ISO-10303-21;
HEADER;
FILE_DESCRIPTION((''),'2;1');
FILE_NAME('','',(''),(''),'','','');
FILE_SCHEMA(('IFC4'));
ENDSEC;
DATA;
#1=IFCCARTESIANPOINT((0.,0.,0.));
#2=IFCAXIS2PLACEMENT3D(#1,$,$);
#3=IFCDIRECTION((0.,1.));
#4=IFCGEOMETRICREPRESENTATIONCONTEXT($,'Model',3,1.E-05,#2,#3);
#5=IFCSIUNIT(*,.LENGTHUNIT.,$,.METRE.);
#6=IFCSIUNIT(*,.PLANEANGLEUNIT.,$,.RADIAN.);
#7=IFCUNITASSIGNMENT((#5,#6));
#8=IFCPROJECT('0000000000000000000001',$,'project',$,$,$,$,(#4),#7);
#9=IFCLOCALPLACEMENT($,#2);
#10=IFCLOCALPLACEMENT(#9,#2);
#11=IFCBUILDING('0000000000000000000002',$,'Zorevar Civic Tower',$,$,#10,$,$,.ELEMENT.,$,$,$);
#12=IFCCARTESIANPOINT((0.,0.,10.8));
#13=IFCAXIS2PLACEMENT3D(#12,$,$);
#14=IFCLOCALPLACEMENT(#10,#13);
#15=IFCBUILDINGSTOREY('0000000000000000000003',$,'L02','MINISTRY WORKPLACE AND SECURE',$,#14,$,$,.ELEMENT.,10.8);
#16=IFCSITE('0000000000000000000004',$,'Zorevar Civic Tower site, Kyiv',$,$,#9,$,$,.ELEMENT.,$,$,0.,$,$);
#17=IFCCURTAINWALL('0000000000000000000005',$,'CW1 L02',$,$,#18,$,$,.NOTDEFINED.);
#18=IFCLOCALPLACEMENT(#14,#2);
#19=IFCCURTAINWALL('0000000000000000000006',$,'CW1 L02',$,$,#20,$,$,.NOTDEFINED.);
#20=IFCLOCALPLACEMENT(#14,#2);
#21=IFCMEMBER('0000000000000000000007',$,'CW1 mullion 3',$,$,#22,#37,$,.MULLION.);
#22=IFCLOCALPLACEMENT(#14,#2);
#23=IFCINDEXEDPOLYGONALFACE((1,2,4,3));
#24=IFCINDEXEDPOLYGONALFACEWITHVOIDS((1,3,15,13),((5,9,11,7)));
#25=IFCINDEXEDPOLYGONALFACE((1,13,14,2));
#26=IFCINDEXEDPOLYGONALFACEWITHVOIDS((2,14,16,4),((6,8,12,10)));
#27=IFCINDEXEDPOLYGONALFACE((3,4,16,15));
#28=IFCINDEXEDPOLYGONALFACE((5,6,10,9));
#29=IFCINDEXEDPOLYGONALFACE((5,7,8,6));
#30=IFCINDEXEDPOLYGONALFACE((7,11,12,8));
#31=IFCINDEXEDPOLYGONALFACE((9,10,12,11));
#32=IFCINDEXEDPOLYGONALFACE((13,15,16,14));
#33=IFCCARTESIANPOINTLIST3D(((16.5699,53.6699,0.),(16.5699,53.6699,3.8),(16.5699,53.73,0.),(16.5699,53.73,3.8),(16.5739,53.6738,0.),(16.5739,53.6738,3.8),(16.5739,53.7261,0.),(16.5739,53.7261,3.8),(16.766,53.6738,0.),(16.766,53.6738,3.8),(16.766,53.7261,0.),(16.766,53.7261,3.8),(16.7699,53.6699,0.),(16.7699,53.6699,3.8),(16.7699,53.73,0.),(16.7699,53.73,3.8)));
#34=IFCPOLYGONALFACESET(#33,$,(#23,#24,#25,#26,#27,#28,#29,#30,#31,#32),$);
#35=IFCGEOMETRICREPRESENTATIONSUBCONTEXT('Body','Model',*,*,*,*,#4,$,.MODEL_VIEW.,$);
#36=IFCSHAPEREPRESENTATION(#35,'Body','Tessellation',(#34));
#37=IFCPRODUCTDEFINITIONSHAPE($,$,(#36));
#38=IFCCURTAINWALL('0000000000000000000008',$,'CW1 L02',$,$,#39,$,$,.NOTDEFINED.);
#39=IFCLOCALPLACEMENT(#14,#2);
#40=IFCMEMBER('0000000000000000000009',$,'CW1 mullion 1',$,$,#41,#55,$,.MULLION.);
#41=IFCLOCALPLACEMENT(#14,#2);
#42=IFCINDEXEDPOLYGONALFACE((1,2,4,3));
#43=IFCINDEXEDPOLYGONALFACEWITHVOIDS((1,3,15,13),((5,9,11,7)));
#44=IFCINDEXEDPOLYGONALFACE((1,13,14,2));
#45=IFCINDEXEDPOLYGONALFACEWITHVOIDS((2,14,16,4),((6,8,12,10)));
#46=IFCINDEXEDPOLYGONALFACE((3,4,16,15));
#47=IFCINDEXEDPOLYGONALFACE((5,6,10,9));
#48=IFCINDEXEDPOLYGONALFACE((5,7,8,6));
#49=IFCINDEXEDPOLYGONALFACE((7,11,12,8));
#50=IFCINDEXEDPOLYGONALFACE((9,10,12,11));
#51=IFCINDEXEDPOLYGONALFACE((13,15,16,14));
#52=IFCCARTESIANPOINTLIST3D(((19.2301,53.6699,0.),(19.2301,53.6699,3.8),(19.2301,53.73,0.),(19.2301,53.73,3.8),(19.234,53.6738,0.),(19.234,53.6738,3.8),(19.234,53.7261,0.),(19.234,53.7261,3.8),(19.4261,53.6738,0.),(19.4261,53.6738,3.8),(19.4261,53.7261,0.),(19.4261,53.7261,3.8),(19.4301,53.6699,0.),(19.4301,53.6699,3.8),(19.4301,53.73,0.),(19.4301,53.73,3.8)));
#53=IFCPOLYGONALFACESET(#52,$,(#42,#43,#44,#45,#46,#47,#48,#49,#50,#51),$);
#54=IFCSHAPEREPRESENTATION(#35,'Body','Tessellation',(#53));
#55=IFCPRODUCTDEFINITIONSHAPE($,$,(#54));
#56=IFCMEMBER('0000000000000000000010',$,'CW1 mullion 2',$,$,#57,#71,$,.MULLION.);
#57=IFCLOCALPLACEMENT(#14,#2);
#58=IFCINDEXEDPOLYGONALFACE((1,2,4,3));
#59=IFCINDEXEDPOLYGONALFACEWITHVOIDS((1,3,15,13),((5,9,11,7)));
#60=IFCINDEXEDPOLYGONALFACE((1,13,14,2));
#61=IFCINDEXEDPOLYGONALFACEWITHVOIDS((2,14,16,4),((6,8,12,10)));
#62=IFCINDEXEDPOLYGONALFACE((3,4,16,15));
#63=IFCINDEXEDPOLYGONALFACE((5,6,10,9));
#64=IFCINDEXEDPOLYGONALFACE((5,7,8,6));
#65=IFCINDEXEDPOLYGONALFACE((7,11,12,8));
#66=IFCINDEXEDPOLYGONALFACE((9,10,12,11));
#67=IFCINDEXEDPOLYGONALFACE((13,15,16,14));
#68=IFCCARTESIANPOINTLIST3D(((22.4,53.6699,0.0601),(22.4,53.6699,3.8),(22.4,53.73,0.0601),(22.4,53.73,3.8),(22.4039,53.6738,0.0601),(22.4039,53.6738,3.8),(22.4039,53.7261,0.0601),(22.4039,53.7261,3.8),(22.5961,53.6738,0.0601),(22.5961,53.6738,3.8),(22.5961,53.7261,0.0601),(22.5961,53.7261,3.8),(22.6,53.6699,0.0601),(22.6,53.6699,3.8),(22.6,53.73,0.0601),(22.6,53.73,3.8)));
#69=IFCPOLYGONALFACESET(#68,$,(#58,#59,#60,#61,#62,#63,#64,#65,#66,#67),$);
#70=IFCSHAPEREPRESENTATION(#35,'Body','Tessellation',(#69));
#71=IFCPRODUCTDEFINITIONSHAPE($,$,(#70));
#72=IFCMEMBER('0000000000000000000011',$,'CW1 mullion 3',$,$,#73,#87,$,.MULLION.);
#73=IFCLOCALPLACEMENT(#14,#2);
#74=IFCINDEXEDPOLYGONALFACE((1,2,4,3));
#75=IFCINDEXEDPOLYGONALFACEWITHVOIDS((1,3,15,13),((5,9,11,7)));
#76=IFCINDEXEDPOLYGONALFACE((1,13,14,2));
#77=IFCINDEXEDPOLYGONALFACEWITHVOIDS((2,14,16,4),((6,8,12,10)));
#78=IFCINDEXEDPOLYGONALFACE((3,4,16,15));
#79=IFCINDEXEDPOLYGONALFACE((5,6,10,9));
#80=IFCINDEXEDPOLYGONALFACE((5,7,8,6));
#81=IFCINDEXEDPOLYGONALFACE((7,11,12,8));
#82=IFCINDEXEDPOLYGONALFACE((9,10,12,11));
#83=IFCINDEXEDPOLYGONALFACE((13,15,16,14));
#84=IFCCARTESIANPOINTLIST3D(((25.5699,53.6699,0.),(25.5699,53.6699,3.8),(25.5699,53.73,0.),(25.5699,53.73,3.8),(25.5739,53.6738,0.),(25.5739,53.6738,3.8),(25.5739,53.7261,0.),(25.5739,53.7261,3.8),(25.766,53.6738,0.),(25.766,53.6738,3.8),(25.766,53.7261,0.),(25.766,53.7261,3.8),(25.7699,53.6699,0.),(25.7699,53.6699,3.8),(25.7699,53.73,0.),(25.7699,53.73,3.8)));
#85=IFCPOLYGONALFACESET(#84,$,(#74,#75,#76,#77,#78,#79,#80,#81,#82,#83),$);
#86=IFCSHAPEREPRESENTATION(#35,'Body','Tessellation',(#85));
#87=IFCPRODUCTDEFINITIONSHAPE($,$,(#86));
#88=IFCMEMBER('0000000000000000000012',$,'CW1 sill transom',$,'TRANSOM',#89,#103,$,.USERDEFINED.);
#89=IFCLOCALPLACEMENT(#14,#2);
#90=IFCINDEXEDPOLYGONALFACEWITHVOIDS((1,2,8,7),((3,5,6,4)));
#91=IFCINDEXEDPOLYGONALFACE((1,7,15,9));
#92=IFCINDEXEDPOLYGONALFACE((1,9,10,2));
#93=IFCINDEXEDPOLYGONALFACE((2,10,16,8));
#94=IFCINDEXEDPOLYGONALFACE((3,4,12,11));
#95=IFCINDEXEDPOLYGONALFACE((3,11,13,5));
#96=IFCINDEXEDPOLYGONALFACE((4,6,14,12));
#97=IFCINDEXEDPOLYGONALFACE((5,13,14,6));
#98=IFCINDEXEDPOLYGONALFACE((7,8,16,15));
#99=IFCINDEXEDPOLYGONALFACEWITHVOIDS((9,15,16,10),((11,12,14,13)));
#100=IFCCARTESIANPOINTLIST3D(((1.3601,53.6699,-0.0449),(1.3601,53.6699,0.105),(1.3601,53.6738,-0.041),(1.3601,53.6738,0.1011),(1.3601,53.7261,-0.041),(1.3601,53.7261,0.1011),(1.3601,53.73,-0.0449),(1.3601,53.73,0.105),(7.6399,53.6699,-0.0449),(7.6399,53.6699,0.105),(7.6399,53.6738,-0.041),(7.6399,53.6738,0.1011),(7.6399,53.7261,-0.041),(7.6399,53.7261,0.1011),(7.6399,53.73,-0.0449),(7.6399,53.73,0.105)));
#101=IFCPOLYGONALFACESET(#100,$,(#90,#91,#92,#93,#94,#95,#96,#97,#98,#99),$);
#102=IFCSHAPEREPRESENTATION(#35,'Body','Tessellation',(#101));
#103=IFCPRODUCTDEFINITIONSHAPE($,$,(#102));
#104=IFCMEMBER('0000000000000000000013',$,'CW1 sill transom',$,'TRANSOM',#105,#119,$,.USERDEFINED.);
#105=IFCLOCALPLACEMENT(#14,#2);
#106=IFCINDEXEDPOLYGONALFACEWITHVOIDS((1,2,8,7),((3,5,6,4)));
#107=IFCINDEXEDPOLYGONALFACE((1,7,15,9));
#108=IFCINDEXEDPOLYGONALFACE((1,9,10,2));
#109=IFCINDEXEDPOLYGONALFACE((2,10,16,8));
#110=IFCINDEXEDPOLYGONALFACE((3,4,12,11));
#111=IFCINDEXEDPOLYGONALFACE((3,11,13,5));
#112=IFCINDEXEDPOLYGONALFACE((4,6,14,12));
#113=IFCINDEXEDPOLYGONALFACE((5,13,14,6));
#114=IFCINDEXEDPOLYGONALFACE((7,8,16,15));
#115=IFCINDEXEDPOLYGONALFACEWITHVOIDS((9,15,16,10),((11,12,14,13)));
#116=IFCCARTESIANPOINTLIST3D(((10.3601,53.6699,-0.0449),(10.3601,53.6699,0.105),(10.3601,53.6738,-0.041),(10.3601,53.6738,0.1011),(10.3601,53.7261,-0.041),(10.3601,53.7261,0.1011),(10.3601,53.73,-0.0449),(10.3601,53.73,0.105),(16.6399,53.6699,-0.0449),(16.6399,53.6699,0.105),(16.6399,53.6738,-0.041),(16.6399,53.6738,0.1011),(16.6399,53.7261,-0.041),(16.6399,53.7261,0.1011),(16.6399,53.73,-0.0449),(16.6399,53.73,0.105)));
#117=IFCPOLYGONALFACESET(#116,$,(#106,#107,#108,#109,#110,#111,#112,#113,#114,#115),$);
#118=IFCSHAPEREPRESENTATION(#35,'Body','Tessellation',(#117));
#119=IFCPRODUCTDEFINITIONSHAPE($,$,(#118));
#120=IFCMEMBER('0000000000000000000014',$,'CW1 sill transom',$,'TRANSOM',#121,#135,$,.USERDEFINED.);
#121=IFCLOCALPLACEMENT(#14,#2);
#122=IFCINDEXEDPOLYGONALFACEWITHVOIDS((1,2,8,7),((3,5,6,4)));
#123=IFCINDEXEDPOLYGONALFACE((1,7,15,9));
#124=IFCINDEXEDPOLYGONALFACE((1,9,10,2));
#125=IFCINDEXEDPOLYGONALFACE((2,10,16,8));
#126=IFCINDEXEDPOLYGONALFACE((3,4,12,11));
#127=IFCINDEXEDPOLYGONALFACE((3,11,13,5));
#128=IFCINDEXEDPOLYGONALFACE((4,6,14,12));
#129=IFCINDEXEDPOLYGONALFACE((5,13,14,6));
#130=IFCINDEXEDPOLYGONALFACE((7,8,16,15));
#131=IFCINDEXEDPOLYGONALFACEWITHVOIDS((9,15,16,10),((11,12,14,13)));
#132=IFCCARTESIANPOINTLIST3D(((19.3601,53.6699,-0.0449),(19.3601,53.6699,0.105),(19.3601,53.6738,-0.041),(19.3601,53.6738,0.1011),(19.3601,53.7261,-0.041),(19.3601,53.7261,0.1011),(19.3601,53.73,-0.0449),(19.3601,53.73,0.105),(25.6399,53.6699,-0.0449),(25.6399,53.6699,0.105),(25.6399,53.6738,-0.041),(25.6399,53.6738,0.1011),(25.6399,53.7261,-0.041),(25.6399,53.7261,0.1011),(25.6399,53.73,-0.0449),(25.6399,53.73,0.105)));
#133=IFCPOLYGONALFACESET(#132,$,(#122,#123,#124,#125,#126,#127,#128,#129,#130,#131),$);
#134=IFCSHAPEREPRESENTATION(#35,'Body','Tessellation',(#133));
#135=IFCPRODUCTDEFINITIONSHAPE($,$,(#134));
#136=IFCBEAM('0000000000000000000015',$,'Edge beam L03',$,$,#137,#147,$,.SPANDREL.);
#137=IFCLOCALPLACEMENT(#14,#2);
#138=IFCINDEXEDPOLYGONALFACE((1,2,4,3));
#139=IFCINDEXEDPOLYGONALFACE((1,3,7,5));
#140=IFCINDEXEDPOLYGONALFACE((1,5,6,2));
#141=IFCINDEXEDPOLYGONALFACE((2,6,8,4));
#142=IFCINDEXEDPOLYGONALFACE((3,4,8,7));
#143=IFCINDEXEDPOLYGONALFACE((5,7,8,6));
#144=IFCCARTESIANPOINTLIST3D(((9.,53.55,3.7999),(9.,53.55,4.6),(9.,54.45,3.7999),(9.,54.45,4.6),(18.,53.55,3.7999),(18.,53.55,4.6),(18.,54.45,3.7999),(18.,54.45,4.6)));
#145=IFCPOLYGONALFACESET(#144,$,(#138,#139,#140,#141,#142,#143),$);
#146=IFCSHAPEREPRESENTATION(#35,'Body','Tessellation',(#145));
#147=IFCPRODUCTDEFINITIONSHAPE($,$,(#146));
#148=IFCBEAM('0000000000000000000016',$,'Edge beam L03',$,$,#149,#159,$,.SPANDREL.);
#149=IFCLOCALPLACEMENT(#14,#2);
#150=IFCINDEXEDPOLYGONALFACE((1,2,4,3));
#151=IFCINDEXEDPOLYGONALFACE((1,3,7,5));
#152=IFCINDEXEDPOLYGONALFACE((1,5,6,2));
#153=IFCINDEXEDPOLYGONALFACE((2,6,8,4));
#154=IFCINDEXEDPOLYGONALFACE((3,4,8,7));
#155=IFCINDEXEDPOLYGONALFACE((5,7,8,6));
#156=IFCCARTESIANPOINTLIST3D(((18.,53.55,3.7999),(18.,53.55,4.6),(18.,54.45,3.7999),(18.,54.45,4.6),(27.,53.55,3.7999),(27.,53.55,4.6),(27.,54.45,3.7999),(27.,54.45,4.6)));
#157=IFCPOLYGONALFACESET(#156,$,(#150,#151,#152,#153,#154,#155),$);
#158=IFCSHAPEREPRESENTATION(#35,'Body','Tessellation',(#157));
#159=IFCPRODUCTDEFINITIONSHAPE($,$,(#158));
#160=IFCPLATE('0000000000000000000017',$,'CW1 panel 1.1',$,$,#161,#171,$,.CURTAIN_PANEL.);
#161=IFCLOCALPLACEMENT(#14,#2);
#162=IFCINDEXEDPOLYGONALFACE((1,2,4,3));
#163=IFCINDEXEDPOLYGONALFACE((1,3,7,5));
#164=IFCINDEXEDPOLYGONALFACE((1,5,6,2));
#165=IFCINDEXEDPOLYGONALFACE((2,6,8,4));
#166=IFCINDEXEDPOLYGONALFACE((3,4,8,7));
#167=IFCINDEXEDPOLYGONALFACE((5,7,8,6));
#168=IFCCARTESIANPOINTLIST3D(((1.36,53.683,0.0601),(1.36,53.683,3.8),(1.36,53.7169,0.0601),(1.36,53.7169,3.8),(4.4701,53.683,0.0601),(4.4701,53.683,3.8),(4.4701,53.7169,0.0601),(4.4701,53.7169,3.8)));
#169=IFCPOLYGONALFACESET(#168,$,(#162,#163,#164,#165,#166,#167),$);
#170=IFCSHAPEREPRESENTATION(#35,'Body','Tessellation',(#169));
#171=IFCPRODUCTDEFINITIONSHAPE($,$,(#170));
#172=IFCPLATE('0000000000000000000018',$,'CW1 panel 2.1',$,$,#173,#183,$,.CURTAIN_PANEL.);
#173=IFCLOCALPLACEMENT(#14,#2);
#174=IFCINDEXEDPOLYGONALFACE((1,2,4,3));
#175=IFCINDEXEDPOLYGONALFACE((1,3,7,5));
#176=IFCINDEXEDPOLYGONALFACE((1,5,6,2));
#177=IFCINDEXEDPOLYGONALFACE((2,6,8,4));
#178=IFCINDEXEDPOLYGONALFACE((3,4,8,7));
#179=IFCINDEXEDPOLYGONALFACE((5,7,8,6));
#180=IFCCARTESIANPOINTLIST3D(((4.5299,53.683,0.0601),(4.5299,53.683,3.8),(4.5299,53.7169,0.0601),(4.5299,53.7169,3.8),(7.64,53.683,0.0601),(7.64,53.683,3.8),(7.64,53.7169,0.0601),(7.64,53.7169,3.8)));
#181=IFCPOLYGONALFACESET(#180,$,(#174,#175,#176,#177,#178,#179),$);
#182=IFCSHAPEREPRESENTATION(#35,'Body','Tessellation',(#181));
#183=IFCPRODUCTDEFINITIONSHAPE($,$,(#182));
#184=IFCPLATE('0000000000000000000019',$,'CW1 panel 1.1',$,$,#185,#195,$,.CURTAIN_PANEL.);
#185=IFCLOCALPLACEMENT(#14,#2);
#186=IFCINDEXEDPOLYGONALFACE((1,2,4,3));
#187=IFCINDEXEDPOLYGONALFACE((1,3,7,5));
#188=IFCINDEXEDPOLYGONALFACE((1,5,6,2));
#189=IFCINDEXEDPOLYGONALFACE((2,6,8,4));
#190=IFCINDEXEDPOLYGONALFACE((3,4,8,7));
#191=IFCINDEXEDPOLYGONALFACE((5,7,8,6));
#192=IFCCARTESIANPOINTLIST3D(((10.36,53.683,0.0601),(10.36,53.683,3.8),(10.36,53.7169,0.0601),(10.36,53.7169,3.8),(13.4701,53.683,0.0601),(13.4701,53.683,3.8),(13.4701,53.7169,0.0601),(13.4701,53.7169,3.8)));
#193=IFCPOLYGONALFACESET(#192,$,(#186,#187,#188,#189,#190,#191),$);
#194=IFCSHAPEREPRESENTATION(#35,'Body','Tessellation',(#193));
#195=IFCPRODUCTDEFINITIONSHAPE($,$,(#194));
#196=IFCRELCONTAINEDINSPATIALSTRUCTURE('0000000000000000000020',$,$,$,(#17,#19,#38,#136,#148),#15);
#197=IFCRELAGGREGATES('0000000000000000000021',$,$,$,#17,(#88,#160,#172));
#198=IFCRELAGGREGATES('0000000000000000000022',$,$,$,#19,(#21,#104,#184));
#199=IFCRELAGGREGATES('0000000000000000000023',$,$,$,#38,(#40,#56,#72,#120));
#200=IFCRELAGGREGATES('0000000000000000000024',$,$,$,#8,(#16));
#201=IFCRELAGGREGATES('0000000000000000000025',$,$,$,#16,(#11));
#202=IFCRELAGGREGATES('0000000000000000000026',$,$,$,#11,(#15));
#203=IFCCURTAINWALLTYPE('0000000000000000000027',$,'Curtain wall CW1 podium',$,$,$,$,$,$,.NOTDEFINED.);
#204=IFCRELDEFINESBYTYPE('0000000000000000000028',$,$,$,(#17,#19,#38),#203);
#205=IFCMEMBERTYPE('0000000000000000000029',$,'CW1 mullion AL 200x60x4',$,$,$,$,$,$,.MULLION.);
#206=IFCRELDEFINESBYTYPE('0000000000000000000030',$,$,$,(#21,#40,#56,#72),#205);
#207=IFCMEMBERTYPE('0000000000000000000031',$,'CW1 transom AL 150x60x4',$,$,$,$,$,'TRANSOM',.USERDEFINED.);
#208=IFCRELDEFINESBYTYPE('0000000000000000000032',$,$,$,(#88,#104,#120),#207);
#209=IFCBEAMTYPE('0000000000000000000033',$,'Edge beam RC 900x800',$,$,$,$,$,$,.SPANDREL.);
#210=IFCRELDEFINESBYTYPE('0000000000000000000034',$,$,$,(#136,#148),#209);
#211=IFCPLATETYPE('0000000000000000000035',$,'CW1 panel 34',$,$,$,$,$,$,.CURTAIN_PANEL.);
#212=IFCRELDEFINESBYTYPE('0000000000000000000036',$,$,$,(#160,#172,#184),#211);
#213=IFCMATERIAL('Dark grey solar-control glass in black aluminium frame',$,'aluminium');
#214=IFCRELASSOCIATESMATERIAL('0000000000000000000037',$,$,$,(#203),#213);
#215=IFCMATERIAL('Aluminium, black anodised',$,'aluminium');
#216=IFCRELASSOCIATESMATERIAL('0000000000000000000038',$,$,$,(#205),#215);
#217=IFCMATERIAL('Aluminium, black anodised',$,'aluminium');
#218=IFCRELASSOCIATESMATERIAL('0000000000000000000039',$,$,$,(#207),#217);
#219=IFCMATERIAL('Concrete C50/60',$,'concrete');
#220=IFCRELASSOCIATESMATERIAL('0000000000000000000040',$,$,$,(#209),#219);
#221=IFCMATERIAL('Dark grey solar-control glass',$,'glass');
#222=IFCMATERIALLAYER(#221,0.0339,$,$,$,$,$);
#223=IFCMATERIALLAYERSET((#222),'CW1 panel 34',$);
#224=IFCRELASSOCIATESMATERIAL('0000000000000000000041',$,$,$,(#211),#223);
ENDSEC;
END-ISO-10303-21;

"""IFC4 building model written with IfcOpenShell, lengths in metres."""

from ifc_helpers import new_model, si_unit, direction, frame, origin, origin_2d, place, context, subcontext, project, spatial, rectangle, hollow_rectangle, extrude, material, layer, layer_set, material_profile, profile_set, type_object, element, aggregate, save


model = new_model("IFC4")

# Units and contexts
model_context = context("Model", 3, precision=1e-05, world=origin(), true_north=direction((0.0, 1.0)))
body_context = subcontext(model_context, "Body", "Model", "MODEL_VIEW")
ifc_project = project(units=[si_unit("LENGTHUNIT", "METRE"), si_unit("PLANEANGLEUNIT", "RADIAN")], contexts=[model_context])

# Site, building, storey
site_placement = place(None, origin())
site = spatial("IfcSite", under=ifc_project, at=site_placement, Name="Zorevar Civic Tower site, Kyiv", CompositionType="ELEMENT", RefElevation=0.0)
building_placement = place(site_placement, origin())
building = spatial("IfcBuilding", under=site, at=building_placement, Name="Zorevar Civic Tower", CompositionType="ELEMENT")
storey_placement = place(building_placement, frame((0.0, 0.0, 10.8)))
storey = spatial("IfcBuildingStorey", under=building, at=storey_placement, Name="L02", Description="MINISTRY WORKPLACE AND SECURE", CompositionType="ELEMENT", Elevation=10.8)

# Curtain walls, members
ifc_material_1 = material(Name="Dark grey solar-control glass in black aluminium frame", Category="aluminium")
curtain_wall_type = type_object("IfcCurtainWallType", Name="Curtain wall CW1 podium", PredefinedType="NOTDEFINED", material=ifc_material_1)
curtain_wall_1_placement = place(storey_placement, origin())
curtain_wall_1 = element("IfcCurtainWall", 1, at=curtain_wall_1_placement, inside=storey, type_object=curtain_wall_type, Name="CW1 L02", PredefinedType="NOTDEFINED")
ifc_material_2 = material(Name="Aluminium, black anodised", Category="aluminium")
ifc_material_profile_1 = material_profile(ifc_material_2, hollow_rectangle(XDim=0.0601, YDim=0.2, WallThickness=0.0039, at=origin_2d()), Name="AL 200x60x4")
ifc_profile_set_1 = profile_set([ifc_material_profile_1], Name="Aluminium, black anodised")
member_type_1 = type_object("IfcMemberType", Name="CW1 mullion AL 200x60x4", PredefinedType="MULLION", material=ifc_profile_set_1)
curtain_wall_2_placement = place(storey_placement, origin())
curtain_wall_2 = element("IfcCurtainWall", 2, at=curtain_wall_2_placement, inside=storey, type_object=curtain_wall_type, Name="CW1 L02", PredefinedType="NOTDEFINED")
member_1_placement = place(storey_placement, frame((16.6699, 53.7, 0.0), z_axis=(0.0, 0.0, 1.0), x_axis=(0.0, 1.0, 0.0)))
member_1 = element("IfcMember", 3, at=member_1_placement, type_object=member_type_1, Name="CW1 mullion 3", PredefinedType="MULLION", context=body_context, shape_type="SweptSolid", body=[
    extrude(hollow_rectangle(XDim=0.0601, YDim=0.2, WallThickness=0.0039, at=origin_2d()), origin(), (0.0, 0.0, 1.0), 3.8),
])
curtain_wall_3_placement = place(storey_placement, origin())
curtain_wall_3 = element("IfcCurtainWall", 4, at=curtain_wall_3_placement, inside=storey, type_object=curtain_wall_type, Name="CW1 L02", PredefinedType="NOTDEFINED")
member_2_placement = place(storey_placement, frame((19.3301, 53.7, 0.0), z_axis=(0.0, 0.0, 1.0), x_axis=(0.0, 1.0, 0.0)))
member_2 = element("IfcMember", 5, at=member_2_placement, type_object=member_type_1, Name="CW1 mullion 1", PredefinedType="MULLION", context=body_context, shape_type="SweptSolid", body=[
    extrude(hollow_rectangle(XDim=0.0601, YDim=0.2, WallThickness=0.0039, at=origin_2d()), origin(), (0.0, 0.0, 1.0), 3.8),
])
member_3_placement = place(storey_placement, frame((22.5, 53.7, 0.0601), z_axis=(0.0, 0.0, 1.0), x_axis=(0.0, 1.0, 0.0)))
member_3 = element("IfcMember", 6, at=member_3_placement, type_object=member_type_1, Name="CW1 mullion 2", PredefinedType="MULLION", context=body_context, shape_type="SweptSolid", body=[
    extrude(hollow_rectangle(XDim=0.0601, YDim=0.2, WallThickness=0.0039, at=origin_2d()), origin(), (0.0, 0.0, 1.0), 3.74),
])
member_4_placement = place(storey_placement, frame((25.6699, 53.7, 0.0), z_axis=(0.0, 0.0, 1.0), x_axis=(0.0, 1.0, 0.0)))
member_4 = element("IfcMember", 7, at=member_4_placement, type_object=member_type_1, Name="CW1 mullion 3", PredefinedType="MULLION", context=body_context, shape_type="SweptSolid", body=[
    extrude(hollow_rectangle(XDim=0.0601, YDim=0.2, WallThickness=0.0039, at=origin_2d()), origin(), (0.0, 0.0, 1.0), 3.8),
])

# Members
ifc_material_3 = material(Name="Aluminium, black anodised", Category="aluminium")
ifc_material_profile_2 = material_profile(ifc_material_3, hollow_rectangle(XDim=0.0601, YDim=0.1499, WallThickness=0.0039, at=origin_2d()), Name="AL 150x60x4")
ifc_profile_set_2 = profile_set([ifc_material_profile_2], Name="Aluminium, black anodised")
member_type_2 = type_object("IfcMemberType", Name="CW1 transom AL 150x60x4", ElementType="TRANSOM", PredefinedType="USERDEFINED", material=ifc_profile_set_2)
member_5_placement = place(storey_placement, frame((1.3601, 53.7, 0.03), z_axis=(1.0, 0.0, 0.0), x_axis=(0.0, 1.0, 0.0)))
member_5 = element("IfcMember", 8, at=member_5_placement, type_object=member_type_2, Name="CW1 sill transom", ObjectType="TRANSOM", PredefinedType="USERDEFINED", context=body_context, shape_type="SweptSolid", body=[
    extrude(hollow_rectangle(XDim=0.0601, YDim=0.1499, WallThickness=0.0039, at=origin_2d()), origin(), (0.0, 0.0, 1.0), 6.2798),
])
member_6_placement = place(storey_placement, frame((10.3601, 53.7, 0.03), z_axis=(1.0, 0.0, 0.0), x_axis=(0.0, 1.0, 0.0)))
member_6 = element("IfcMember", 9, at=member_6_placement, type_object=member_type_2, Name="CW1 sill transom", ObjectType="TRANSOM", PredefinedType="USERDEFINED", context=body_context, shape_type="SweptSolid", body=[
    extrude(hollow_rectangle(XDim=0.0601, YDim=0.1499, WallThickness=0.0039, at=origin_2d()), origin(), (0.0, 0.0, 1.0), 6.2798),
])
member_7_placement = place(storey_placement, frame((19.3601, 53.7, 0.03), z_axis=(1.0, 0.0, 0.0), x_axis=(0.0, 1.0, 0.0)))
member_7 = element("IfcMember", 10, at=member_7_placement, type_object=member_type_2, Name="CW1 sill transom", ObjectType="TRANSOM", PredefinedType="USERDEFINED", context=body_context, shape_type="SweptSolid", body=[
    extrude(hollow_rectangle(XDim=0.0601, YDim=0.1499, WallThickness=0.0039, at=origin_2d()), origin(), (0.0, 0.0, 1.0), 6.2798),
])

# Beams
ifc_material_4 = material(Name="Concrete C50/60", Category="concrete")
ifc_material_profile_3 = material_profile(ifc_material_4, rectangle(XDim=0.8999, YDim=0.8, at=origin_2d()), Name="RC 900x800")
ifc_profile_set_3 = profile_set([ifc_material_profile_3], Name="Concrete C50/60")
beam_type_1 = type_object("IfcBeamType", Name="Edge beam RC 900x800", PredefinedType="SPANDREL", material=ifc_profile_set_3)
for number, where, z_axis, x_axis, name in (
    (11, (9.0, 54.0, 4.2), (1.0, 0.0, 0.0), (0.0, 1.0, 0.0), "Edge beam L03"),
    (12, (18.0, 54.0, 4.2), (1.0, 0.0, 0.0), (0.0, 1.0, 0.0), "Edge beam L03"),
):
    element("IfcBeam", number, at=place(storey_placement, frame(where, z_axis=z_axis, x_axis=x_axis)), inside=storey, type_object=beam_type_1, Name=name, PredefinedType="SPANDREL", context=body_context, shape_type="SweptSolid", body=[
        extrude(rectangle(XDim=0.8999, YDim=0.8, at=origin_2d()), origin(), (0.0, 0.0, 1.0), 9.0),
    ])

# Plates
ifc_material_5 = material(Name="Dark grey solar-control glass", Category="glass")
ifc_layer_1 = layer(ifc_material_5, 0.0339)
ifc_layer_set_1 = layer_set([ifc_layer_1], Name="CW1 panel 34")
plate_type = type_object("IfcPlateType", Name="CW1 panel 34", PredefinedType="CURTAIN_PANEL", material=ifc_layer_set_1)
plate_1_placement = place(storey_placement, frame((2.915, 53.7, 0.0601), z_axis=(0.0, 0.0, 1.0), x_axis=(1.0, 0.0, 0.0)))
plate_1 = element("IfcPlate", 13, at=plate_1_placement, type_object=plate_type, Name="CW1 panel 1.1", PredefinedType="CURTAIN_PANEL", context=body_context, shape_type="SweptSolid", body=[
    extrude(rectangle(XDim=3.1101, YDim=0.0339, at=origin_2d()), origin(), (0.0, 0.0, 1.0), 3.74),
])
plate_2_placement = place(storey_placement, frame((6.085, 53.7, 0.0601), z_axis=(0.0, 0.0, 1.0), x_axis=(1.0, 0.0, 0.0)))
plate_2 = element("IfcPlate", 14, at=plate_2_placement, type_object=plate_type, Name="CW1 panel 2.1", PredefinedType="CURTAIN_PANEL", context=body_context, shape_type="SweptSolid", body=[
    extrude(rectangle(XDim=3.1101, YDim=0.0339, at=origin_2d()), origin(), (0.0, 0.0, 1.0), 3.74),
])
aggregate(curtain_wall_1, [member_5, plate_1, plate_2])
plate_3_placement = place(storey_placement, frame((11.915, 53.7, 0.0601), z_axis=(0.0, 0.0, 1.0), x_axis=(1.0, 0.0, 0.0)))
plate_3 = element("IfcPlate", 15, at=plate_3_placement, type_object=plate_type, Name="CW1 panel 1.1", PredefinedType="CURTAIN_PANEL", context=body_context, shape_type="SweptSolid", body=[
    extrude(rectangle(XDim=3.1101, YDim=0.0339, at=origin_2d()), origin(), (0.0, 0.0, 1.0), 3.74),
])
aggregate(curtain_wall_2, [member_1, member_6, plate_3])
aggregate(curtain_wall_3, [member_2, member_3, member_4, member_7])

save(model, "model.ifc")
